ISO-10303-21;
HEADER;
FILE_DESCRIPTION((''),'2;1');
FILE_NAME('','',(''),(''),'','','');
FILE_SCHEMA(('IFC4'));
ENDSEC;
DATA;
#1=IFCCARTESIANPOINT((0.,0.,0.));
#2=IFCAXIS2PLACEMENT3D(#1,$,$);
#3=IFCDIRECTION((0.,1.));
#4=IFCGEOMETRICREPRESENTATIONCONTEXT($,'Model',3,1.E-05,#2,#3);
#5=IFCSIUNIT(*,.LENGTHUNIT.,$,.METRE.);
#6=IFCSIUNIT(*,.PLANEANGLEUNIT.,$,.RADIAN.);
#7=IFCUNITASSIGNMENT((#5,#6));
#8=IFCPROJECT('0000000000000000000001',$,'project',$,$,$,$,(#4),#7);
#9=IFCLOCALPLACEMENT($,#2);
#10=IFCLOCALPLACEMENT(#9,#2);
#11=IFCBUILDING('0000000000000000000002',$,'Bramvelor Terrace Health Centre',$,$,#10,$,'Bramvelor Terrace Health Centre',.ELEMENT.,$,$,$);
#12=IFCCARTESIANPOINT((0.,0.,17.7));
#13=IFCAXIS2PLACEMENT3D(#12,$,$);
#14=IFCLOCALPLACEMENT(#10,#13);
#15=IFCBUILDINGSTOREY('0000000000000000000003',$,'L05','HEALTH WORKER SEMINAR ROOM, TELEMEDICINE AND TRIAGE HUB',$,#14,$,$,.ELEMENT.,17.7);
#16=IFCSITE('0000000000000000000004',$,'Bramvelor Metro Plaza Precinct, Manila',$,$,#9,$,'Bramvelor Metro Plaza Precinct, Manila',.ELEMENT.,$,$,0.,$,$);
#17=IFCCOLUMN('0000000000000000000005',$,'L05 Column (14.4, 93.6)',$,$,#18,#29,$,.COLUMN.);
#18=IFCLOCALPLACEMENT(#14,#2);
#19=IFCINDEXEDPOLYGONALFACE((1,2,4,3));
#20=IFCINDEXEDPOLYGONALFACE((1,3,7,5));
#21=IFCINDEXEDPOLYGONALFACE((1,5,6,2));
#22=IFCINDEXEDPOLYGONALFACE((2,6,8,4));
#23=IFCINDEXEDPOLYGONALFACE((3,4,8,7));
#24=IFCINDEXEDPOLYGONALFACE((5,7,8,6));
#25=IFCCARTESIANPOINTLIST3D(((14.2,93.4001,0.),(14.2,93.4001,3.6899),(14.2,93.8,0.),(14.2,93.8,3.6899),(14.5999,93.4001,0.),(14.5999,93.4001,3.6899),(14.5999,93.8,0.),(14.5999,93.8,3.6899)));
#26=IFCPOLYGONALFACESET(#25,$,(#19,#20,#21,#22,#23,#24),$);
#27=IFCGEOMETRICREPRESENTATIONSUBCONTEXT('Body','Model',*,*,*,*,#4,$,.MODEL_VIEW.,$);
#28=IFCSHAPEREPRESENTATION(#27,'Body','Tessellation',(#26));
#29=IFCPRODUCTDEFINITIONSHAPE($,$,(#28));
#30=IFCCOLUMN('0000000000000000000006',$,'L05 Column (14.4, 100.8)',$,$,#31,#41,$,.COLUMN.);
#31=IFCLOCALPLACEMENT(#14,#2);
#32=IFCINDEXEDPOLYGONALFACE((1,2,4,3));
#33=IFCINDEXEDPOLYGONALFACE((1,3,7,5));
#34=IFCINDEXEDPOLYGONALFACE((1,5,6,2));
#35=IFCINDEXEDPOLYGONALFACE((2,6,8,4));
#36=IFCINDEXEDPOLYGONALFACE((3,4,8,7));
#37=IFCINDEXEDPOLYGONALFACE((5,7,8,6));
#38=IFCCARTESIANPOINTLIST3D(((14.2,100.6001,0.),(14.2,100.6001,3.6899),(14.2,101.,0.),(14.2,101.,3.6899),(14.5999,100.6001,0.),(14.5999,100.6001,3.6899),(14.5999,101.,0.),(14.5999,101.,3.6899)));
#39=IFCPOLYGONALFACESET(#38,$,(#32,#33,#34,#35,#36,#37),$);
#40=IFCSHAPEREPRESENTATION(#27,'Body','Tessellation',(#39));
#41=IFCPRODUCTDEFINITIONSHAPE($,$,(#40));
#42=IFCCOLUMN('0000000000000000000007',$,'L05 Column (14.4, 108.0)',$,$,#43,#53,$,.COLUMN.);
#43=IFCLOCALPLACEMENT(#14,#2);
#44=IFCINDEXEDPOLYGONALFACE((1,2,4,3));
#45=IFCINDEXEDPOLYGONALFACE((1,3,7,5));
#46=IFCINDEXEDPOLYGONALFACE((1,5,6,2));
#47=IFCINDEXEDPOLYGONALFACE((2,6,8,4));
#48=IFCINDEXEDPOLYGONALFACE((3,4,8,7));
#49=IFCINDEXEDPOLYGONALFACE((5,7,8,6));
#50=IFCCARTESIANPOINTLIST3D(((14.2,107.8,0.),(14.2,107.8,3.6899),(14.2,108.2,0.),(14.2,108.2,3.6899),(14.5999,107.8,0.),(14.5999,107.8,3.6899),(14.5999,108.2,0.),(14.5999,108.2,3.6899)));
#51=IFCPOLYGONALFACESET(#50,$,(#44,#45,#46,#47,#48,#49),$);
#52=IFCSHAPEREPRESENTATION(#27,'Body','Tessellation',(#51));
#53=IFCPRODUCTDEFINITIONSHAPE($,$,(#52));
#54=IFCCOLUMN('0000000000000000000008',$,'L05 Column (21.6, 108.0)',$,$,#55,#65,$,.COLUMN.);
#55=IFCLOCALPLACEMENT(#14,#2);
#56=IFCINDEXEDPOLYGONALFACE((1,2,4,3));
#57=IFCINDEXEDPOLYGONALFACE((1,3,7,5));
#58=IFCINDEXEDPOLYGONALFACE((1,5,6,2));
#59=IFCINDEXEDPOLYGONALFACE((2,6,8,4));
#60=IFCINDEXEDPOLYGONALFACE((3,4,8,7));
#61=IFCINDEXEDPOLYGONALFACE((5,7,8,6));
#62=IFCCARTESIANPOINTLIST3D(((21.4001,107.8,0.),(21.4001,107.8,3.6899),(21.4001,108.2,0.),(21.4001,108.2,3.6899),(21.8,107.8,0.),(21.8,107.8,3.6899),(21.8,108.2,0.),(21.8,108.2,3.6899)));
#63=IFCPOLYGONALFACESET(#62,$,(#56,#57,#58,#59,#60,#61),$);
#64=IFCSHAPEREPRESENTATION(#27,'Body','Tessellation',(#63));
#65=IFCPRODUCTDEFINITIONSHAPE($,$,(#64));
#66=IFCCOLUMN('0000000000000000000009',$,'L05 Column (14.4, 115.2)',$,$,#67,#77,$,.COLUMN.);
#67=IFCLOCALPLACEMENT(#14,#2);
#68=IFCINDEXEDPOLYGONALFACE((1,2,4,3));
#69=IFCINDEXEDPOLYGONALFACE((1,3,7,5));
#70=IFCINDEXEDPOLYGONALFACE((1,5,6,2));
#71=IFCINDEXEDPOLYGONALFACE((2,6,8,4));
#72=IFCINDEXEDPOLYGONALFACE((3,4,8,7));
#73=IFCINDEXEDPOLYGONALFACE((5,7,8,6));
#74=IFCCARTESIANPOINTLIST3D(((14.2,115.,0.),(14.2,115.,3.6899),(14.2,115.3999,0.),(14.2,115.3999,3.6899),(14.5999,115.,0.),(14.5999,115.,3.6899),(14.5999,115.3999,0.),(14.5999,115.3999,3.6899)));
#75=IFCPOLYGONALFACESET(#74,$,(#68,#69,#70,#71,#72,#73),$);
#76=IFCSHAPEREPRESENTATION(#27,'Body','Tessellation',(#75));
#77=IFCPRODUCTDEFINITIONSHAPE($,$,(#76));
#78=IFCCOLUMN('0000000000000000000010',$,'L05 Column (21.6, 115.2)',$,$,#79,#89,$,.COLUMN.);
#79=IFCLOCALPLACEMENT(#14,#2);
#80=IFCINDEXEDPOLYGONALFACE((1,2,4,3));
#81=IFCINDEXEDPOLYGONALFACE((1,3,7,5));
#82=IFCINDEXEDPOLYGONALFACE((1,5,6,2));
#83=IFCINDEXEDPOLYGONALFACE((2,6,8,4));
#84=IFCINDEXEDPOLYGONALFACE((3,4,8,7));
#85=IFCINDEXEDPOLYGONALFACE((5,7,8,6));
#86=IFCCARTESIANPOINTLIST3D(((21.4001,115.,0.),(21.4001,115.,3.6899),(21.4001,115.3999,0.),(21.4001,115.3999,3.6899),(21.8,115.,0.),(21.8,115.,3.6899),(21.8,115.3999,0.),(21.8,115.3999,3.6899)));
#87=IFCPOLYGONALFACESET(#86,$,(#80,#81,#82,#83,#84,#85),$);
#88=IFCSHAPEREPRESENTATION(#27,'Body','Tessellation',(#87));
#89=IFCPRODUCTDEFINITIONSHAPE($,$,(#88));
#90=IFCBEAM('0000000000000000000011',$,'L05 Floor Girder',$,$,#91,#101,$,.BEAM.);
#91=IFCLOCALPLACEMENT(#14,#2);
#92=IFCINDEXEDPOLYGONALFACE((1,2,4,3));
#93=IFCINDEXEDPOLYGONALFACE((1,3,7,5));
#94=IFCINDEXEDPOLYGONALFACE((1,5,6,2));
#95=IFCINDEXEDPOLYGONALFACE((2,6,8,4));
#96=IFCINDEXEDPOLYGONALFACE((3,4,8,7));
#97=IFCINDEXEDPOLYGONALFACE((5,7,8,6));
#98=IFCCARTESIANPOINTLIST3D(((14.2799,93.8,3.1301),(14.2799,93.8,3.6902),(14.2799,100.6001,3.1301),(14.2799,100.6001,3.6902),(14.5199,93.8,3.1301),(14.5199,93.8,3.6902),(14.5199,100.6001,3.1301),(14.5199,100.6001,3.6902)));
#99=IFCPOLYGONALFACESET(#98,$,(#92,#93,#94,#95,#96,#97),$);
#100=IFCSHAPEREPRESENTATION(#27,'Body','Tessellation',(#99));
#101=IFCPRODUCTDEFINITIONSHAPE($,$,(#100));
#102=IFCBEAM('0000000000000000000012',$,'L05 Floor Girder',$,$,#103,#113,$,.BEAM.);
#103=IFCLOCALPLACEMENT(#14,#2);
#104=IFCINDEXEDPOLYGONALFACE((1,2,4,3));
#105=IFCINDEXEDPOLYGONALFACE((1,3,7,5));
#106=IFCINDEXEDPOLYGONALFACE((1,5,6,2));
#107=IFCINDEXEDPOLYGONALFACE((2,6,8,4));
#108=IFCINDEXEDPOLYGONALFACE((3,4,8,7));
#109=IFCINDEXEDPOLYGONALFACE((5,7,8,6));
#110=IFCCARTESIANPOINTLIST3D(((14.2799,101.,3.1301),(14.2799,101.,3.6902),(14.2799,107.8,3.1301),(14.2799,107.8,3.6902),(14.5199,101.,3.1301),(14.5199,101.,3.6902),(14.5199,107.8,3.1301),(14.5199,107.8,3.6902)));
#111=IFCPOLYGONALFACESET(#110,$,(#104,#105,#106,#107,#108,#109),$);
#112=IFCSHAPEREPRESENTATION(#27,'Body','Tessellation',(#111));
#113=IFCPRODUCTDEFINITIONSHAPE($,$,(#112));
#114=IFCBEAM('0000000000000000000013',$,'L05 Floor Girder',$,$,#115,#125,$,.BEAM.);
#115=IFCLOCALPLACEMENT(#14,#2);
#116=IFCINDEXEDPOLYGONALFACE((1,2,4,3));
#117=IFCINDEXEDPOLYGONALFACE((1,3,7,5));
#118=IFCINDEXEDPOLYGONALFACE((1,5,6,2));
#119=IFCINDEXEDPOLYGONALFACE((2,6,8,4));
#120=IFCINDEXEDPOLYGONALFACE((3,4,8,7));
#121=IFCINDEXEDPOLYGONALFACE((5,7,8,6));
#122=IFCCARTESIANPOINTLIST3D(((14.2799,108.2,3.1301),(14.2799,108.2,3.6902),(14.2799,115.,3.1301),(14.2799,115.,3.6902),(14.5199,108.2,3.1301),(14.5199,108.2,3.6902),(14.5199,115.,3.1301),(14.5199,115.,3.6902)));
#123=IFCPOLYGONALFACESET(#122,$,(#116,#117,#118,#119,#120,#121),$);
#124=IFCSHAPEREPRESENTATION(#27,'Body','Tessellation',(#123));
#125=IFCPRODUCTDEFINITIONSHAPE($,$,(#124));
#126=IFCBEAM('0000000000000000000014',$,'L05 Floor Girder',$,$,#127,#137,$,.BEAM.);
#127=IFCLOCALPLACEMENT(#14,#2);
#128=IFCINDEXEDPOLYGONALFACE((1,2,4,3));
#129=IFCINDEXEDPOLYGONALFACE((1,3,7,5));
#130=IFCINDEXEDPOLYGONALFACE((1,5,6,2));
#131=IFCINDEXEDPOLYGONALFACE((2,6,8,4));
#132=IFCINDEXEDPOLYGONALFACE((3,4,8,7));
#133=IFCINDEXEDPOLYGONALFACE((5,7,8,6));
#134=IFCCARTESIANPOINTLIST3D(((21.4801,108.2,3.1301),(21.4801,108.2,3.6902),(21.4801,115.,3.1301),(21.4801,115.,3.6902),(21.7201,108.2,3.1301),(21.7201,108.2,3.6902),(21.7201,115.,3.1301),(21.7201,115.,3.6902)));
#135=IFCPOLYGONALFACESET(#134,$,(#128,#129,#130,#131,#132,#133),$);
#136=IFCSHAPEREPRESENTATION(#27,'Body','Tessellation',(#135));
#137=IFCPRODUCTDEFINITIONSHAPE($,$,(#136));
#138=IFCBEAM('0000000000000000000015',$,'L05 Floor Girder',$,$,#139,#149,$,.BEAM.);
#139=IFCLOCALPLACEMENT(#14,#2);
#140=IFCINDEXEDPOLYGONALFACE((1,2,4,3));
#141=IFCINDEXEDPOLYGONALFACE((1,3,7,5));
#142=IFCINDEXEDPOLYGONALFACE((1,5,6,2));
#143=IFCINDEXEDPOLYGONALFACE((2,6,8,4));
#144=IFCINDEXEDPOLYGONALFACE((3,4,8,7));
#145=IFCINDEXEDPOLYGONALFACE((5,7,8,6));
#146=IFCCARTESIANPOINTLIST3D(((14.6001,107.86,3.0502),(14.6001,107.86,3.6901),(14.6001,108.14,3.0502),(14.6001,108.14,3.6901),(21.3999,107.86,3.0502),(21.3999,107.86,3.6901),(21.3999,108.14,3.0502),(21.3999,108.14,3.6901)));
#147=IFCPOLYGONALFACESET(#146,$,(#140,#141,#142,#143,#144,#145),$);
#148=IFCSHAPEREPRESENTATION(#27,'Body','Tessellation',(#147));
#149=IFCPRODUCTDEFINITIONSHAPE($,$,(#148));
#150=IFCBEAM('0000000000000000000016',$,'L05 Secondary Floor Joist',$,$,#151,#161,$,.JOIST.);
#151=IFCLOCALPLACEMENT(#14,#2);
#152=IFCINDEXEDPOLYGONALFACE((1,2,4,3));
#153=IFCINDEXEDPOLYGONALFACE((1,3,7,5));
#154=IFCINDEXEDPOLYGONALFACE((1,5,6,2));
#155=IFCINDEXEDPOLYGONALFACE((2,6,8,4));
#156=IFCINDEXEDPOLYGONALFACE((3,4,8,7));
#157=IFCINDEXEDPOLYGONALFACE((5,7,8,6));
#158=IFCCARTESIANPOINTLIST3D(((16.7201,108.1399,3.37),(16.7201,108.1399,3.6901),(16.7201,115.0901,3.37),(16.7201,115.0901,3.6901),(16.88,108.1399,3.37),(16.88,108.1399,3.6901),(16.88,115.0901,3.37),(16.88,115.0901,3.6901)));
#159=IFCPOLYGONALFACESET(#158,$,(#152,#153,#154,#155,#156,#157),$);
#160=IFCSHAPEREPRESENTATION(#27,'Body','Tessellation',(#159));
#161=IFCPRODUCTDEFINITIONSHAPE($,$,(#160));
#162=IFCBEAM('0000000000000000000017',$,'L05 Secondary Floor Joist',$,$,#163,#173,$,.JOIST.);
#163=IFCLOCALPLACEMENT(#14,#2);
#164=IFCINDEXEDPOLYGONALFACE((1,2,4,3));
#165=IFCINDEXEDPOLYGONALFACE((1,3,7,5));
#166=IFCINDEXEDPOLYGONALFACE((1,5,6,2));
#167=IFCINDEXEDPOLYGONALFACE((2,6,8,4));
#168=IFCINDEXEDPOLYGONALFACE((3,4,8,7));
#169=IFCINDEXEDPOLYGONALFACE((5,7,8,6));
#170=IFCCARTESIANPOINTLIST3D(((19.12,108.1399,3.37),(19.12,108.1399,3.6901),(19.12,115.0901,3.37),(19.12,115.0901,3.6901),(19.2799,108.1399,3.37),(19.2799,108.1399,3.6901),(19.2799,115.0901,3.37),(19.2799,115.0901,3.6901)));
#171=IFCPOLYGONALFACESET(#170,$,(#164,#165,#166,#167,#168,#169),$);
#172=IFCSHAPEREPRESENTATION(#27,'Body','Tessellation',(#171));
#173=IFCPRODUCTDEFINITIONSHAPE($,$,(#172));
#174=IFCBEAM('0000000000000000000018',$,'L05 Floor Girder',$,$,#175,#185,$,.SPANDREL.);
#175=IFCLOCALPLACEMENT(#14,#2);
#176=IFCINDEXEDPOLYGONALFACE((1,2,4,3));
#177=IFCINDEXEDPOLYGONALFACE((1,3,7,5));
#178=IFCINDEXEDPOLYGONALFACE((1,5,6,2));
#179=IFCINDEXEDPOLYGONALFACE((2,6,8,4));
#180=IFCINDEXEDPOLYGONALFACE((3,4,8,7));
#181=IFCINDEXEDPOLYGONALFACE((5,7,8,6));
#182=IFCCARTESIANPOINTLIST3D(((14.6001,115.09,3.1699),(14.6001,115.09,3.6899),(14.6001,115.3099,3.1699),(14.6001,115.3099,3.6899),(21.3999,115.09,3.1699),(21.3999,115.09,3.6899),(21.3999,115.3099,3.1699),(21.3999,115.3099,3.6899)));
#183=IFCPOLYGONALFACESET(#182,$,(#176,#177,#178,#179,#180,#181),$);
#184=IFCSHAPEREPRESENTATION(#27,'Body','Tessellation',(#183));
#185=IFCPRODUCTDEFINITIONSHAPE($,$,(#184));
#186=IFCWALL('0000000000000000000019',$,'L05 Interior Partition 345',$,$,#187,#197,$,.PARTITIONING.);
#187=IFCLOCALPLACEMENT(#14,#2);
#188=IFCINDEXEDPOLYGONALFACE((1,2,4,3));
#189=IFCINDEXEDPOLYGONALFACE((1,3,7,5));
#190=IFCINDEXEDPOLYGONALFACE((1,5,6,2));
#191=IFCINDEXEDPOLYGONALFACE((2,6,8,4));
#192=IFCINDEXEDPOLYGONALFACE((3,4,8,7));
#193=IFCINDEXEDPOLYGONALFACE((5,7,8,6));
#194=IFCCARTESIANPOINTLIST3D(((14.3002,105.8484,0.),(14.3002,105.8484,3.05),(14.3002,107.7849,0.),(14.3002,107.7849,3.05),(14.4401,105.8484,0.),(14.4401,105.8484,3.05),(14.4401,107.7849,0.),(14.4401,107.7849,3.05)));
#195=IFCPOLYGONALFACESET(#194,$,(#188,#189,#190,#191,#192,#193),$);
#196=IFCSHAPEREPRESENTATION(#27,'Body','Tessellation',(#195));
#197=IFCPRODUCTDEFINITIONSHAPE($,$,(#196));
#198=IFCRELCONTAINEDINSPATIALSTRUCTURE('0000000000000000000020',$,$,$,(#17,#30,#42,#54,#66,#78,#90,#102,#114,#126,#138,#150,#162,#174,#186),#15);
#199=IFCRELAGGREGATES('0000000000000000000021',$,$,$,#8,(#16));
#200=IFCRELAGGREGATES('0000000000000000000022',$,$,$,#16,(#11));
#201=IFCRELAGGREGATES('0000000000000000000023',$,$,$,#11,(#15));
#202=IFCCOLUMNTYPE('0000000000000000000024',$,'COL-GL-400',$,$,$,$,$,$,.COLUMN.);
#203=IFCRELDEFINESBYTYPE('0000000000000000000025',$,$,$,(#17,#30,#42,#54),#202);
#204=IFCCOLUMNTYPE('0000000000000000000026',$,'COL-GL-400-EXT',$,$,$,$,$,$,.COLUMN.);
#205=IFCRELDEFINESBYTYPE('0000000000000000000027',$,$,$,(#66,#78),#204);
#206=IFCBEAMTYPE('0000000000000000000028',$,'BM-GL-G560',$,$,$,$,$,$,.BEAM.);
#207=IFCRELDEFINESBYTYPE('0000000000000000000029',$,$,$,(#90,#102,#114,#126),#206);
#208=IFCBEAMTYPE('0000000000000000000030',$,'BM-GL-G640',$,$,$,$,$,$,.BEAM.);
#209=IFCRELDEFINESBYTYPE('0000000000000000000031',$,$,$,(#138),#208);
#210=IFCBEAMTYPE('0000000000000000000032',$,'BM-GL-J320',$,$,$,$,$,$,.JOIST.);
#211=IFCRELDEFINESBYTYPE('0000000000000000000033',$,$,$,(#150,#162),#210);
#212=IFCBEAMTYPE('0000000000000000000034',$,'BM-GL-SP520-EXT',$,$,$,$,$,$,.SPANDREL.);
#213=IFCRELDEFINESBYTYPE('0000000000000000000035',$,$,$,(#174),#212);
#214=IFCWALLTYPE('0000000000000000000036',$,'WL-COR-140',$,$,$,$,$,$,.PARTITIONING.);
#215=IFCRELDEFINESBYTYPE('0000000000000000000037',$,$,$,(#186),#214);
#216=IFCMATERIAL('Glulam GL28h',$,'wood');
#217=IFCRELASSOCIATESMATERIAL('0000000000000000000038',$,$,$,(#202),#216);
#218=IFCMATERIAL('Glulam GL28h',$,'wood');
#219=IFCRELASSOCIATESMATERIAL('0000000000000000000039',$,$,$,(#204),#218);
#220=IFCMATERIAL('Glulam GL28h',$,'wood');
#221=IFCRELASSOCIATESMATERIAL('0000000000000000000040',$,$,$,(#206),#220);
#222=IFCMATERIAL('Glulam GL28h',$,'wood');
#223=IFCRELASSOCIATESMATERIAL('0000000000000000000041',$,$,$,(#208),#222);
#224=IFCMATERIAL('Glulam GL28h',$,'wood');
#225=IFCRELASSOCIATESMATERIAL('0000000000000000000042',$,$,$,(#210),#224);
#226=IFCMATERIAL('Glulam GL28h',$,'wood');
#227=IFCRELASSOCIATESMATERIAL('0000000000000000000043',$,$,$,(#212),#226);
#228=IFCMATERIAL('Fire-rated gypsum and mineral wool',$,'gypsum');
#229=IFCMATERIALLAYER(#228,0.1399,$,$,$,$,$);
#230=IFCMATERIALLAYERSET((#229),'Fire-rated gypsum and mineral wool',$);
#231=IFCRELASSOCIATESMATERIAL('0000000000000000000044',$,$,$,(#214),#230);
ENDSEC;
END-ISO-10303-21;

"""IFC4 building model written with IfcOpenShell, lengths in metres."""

from ifc_helpers import new_model, si_unit, direction, frame, frame_2d, origin, origin_2d, place, context, subcontext, project, spatial, rectangle, extrude, material, layer, layer_set, material_profile, profile_set, type_object, element, save


model = new_model("IFC4")

# Units and contexts
model_context = context("Model", 3, precision=1e-05, world=origin(), true_north=direction((0.0, 1.0)))
body_context = subcontext(model_context, "Body", "Model", "MODEL_VIEW")
ifc_project = project(units=[si_unit("LENGTHUNIT", "METRE"), si_unit("PLANEANGLEUNIT", "RADIAN")], contexts=[model_context])

# Site, building, storey
site_placement = place(None, origin())
site = spatial("IfcSite", under=ifc_project, at=site_placement, Name="Bramvelor Metro Plaza Precinct, Manila", LongName="Bramvelor Metro Plaza Precinct, Manila", CompositionType="ELEMENT", RefElevation=0.0)
building_placement = place(site_placement, origin())
building = spatial("IfcBuilding", under=site, at=building_placement, Name="Bramvelor Terrace Health Centre", LongName="Bramvelor Terrace Health Centre", CompositionType="ELEMENT")
storey_placement = place(building_placement, frame((0.0, 0.0, 17.7)))
storey = spatial("IfcBuildingStorey", under=building, at=storey_placement, Name="L05", Description="HEALTH WORKER SEMINAR ROOM, TELEMEDICINE AND TRIAGE HUB", CompositionType="ELEMENT", Elevation=17.7)

# Columns
ifc_material_1 = material(Name="Glulam GL28h", Category="wood")
ifc_material_profile_1 = material_profile(ifc_material_1, rectangle(XDim=0.3999, YDim=0.3999, at=origin_2d()), Name="GL 400x400")
ifc_profile_set_1 = profile_set([ifc_material_profile_1], Name="Glulam GL28h")
column_type_1 = type_object("IfcColumnType", Name="COL-GL-400", PredefinedType="COLUMN", material=ifc_profile_set_1)
for number, where, z_axis, x_axis, name in (
    (1, (14.3999, 93.6001, 0.0), (0.0, 0.0, 1.0), (1.0, 0.0, 0.0), "L05 Column (14.4, 93.6)"),
    (2, (14.3999, 100.8, 0.0), (0.0, 0.0, 1.0), (1.0, 0.0, 0.0), "L05 Column (14.4, 100.8)"),
    (3, (14.3999, 108.0, 0.0), (0.0, 0.0, 1.0), (1.0, 0.0, 0.0), "L05 Column (14.4, 108.0)"),
    (4, (21.6001, 108.0, 0.0), (0.0, 0.0, 1.0), (1.0, 0.0, 0.0), "L05 Column (21.6, 108.0)"),
):
    element("IfcColumn", number, at=place(storey_placement, frame(where, z_axis=z_axis, x_axis=x_axis)), inside=storey, type_object=column_type_1, Name=name, PredefinedType="COLUMN", context=body_context, shape_type="SweptSolid", body=[
        extrude(rectangle(XDim=0.3999, YDim=0.3999, at=origin_2d()), origin(), (0.0, 0.0, 1.0), 3.6899),
    ])
ifc_material_2 = material(Name="Glulam GL28h", Category="wood")
ifc_material_profile_2 = material_profile(ifc_material_2, rectangle(XDim=0.3999, YDim=0.3999, at=origin_2d()), Name="GL 400x400")
ifc_profile_set_2 = profile_set([ifc_material_profile_2], Name="Glulam GL28h")
column_type_2 = type_object("IfcColumnType", Name="COL-GL-400-EXT", PredefinedType="COLUMN", material=ifc_profile_set_2)
for number, where, z_axis, x_axis, name in (
    (5, (14.3999, 115.2, 0.0), (0.0, 0.0, 1.0), (1.0, 0.0, 0.0), "L05 Column (14.4, 115.2)"),
    (6, (21.6001, 115.2, 0.0), (0.0, 0.0, 1.0), (1.0, 0.0, 0.0), "L05 Column (21.6, 115.2)"),
):
    element("IfcColumn", number, at=place(storey_placement, frame(where, z_axis=z_axis, x_axis=x_axis)), inside=storey, type_object=column_type_2, Name=name, PredefinedType="COLUMN", context=body_context, shape_type="SweptSolid", body=[
        extrude(rectangle(XDim=0.3999, YDim=0.3999, at=origin_2d()), origin(), (0.0, 0.0, 1.0), 3.6899),
    ])

# Beams
ifc_material_3 = material(Name="Glulam GL28h", Category="wood")
ifc_material_profile_3 = material_profile(ifc_material_3, rectangle(XDim=0.24, YDim=0.5601, at=origin_2d()), Name="GL 240x560")
ifc_profile_set_3 = profile_set([ifc_material_profile_3], Name="Glulam GL28h")
beam_type_1 = type_object("IfcBeamType", Name="BM-GL-G560", PredefinedType="BEAM", material=ifc_profile_set_3)
for number, where, z_axis, x_axis, name in (
    (7, (14.3999, 93.8, 3.4102), (0.0, 1.0, 0.0), (-1.0, 0.0, 0.0), "L05 Floor Girder"),
    (8, (14.3999, 101.0, 3.4102), (0.0, 1.0, 0.0), (-1.0, 0.0, 0.0), "L05 Floor Girder"),
    (9, (14.3999, 108.2, 3.4102), (0.0, 1.0, 0.0), (-1.0, 0.0, 0.0), "L05 Floor Girder"),
    (10, (21.6001, 108.2, 3.4102), (0.0, 1.0, 0.0), (-1.0, 0.0, 0.0), "L05 Floor Girder"),
):
    element("IfcBeam", number, at=place(storey_placement, frame(where, z_axis=z_axis, x_axis=x_axis)), inside=storey, type_object=beam_type_1, Name=name, PredefinedType="BEAM", context=body_context, shape_type="SweptSolid", body=[
        extrude(rectangle(XDim=0.24, YDim=0.5601, at=origin_2d()), origin(), (0.0, 0.0, 1.0), 6.8),
    ])
ifc_material_4 = material(Name="Glulam GL28h", Category="wood")
ifc_material_profile_4 = material_profile(ifc_material_4, rectangle(XDim=0.28, YDim=0.6399, at=origin_2d()), Name="GL 280x640")
ifc_profile_set_4 = profile_set([ifc_material_profile_4], Name="Glulam GL28h")
beam_type_2 = type_object("IfcBeamType", Name="BM-GL-G640", PredefinedType="BEAM", material=ifc_profile_set_4)
beam_1_placement = place(storey_placement, frame((14.6001, 108.0, 3.3701), z_axis=(1.0, 0.0, 0.0), x_axis=(0.0, 1.0, 0.0)))
element("IfcBeam", 11, at=beam_1_placement, inside=storey, type_object=beam_type_2, Name="L05 Floor Girder", PredefinedType="BEAM", context=body_context, shape_type="SweptSolid", body=[
    extrude(rectangle(XDim=0.28, YDim=0.6399, at=origin_2d()), origin(), (0.0, 0.0, 1.0), 6.7998),
])
ifc_material_5 = material(Name="Glulam GL28h", Category="wood")
ifc_material_profile_5 = material_profile(ifc_material_5, rectangle(XDim=0.1599, YDim=0.3201, at=origin_2d()), Name="GL 160x320")
ifc_profile_set_5 = profile_set([ifc_material_profile_5], Name="Glulam GL28h")
beam_type_3 = type_object("IfcBeamType", Name="BM-GL-J320", PredefinedType="JOIST", material=ifc_profile_set_5)
for number, where, z_axis, x_axis, name in (
    (12, (16.8, 108.1399, 3.53), (0.0, 1.0, 0.0), (-1.0, 0.0, 0.0), "L05 Secondary Floor Joist"),
    (13, (19.2, 108.1399, 3.53), (0.0, 1.0, 0.0), (-1.0, 0.0, 0.0), "L05 Secondary Floor Joist"),
):
    element("IfcBeam", number, at=place(storey_placement, frame(where, z_axis=z_axis, x_axis=x_axis)), inside=storey, type_object=beam_type_3, Name=name, PredefinedType="JOIST", context=body_context, shape_type="SweptSolid", body=[
        extrude(rectangle(XDim=0.1599, YDim=0.3201, at=origin_2d()), origin(), (0.0, 0.0, 1.0), 6.9502),
    ])
ifc_material_6 = material(Name="Glulam GL28h", Category="wood")
ifc_material_profile_6 = material_profile(ifc_material_6, rectangle(XDim=0.22, YDim=0.52, at=origin_2d()), Name="GL 220x520")
ifc_profile_set_6 = profile_set([ifc_material_profile_6], Name="Glulam GL28h")
beam_type_4 = type_object("IfcBeamType", Name="BM-GL-SP520-EXT", PredefinedType="SPANDREL", material=ifc_profile_set_6)
beam_2_placement = place(storey_placement, frame((14.6001, 115.2, 3.4299), z_axis=(1.0, 0.0, 0.0), x_axis=(0.0, 1.0, 0.0)))
element("IfcBeam", 14, at=beam_2_placement, inside=storey, type_object=beam_type_4, Name="L05 Floor Girder", PredefinedType="SPANDREL", context=body_context, shape_type="SweptSolid", body=[
    extrude(rectangle(XDim=0.22, YDim=0.52, at=origin_2d()), origin(), (0.0, 0.0, 1.0), 6.7998),
])

# Wall
ifc_material_7 = material(Name="Fire-rated gypsum and mineral wool", Category="gypsum")
ifc_layer_1 = layer(ifc_material_7, 0.1399)
ifc_layer_set_1 = layer_set([ifc_layer_1], Name="Fire-rated gypsum and mineral wool")
wall_type_1 = type_object("IfcWallType", Name="WL-COR-140", PredefinedType="PARTITIONING", material=ifc_layer_set_1)
wall_1_placement = place(storey_placement, frame((14.3701, 105.8484, 0.0), z_axis=(0.0, 0.0, 1.0), x_axis=(0.0, 1.0, 0.0)))
element("IfcWall", 15, at=wall_1_placement, inside=storey, type_object=wall_type_1, Name="L05 Interior Partition 345", PredefinedType="PARTITIONING", context=body_context, shape_type="SweptSolid", body=[
    extrude(rectangle(XDim=1.9365, YDim=0.1399, at=frame_2d((0.9683, 0.0))), origin(), (0.0, 0.0, 1.0), 3.05),
])

save(model, "model.ifc")
